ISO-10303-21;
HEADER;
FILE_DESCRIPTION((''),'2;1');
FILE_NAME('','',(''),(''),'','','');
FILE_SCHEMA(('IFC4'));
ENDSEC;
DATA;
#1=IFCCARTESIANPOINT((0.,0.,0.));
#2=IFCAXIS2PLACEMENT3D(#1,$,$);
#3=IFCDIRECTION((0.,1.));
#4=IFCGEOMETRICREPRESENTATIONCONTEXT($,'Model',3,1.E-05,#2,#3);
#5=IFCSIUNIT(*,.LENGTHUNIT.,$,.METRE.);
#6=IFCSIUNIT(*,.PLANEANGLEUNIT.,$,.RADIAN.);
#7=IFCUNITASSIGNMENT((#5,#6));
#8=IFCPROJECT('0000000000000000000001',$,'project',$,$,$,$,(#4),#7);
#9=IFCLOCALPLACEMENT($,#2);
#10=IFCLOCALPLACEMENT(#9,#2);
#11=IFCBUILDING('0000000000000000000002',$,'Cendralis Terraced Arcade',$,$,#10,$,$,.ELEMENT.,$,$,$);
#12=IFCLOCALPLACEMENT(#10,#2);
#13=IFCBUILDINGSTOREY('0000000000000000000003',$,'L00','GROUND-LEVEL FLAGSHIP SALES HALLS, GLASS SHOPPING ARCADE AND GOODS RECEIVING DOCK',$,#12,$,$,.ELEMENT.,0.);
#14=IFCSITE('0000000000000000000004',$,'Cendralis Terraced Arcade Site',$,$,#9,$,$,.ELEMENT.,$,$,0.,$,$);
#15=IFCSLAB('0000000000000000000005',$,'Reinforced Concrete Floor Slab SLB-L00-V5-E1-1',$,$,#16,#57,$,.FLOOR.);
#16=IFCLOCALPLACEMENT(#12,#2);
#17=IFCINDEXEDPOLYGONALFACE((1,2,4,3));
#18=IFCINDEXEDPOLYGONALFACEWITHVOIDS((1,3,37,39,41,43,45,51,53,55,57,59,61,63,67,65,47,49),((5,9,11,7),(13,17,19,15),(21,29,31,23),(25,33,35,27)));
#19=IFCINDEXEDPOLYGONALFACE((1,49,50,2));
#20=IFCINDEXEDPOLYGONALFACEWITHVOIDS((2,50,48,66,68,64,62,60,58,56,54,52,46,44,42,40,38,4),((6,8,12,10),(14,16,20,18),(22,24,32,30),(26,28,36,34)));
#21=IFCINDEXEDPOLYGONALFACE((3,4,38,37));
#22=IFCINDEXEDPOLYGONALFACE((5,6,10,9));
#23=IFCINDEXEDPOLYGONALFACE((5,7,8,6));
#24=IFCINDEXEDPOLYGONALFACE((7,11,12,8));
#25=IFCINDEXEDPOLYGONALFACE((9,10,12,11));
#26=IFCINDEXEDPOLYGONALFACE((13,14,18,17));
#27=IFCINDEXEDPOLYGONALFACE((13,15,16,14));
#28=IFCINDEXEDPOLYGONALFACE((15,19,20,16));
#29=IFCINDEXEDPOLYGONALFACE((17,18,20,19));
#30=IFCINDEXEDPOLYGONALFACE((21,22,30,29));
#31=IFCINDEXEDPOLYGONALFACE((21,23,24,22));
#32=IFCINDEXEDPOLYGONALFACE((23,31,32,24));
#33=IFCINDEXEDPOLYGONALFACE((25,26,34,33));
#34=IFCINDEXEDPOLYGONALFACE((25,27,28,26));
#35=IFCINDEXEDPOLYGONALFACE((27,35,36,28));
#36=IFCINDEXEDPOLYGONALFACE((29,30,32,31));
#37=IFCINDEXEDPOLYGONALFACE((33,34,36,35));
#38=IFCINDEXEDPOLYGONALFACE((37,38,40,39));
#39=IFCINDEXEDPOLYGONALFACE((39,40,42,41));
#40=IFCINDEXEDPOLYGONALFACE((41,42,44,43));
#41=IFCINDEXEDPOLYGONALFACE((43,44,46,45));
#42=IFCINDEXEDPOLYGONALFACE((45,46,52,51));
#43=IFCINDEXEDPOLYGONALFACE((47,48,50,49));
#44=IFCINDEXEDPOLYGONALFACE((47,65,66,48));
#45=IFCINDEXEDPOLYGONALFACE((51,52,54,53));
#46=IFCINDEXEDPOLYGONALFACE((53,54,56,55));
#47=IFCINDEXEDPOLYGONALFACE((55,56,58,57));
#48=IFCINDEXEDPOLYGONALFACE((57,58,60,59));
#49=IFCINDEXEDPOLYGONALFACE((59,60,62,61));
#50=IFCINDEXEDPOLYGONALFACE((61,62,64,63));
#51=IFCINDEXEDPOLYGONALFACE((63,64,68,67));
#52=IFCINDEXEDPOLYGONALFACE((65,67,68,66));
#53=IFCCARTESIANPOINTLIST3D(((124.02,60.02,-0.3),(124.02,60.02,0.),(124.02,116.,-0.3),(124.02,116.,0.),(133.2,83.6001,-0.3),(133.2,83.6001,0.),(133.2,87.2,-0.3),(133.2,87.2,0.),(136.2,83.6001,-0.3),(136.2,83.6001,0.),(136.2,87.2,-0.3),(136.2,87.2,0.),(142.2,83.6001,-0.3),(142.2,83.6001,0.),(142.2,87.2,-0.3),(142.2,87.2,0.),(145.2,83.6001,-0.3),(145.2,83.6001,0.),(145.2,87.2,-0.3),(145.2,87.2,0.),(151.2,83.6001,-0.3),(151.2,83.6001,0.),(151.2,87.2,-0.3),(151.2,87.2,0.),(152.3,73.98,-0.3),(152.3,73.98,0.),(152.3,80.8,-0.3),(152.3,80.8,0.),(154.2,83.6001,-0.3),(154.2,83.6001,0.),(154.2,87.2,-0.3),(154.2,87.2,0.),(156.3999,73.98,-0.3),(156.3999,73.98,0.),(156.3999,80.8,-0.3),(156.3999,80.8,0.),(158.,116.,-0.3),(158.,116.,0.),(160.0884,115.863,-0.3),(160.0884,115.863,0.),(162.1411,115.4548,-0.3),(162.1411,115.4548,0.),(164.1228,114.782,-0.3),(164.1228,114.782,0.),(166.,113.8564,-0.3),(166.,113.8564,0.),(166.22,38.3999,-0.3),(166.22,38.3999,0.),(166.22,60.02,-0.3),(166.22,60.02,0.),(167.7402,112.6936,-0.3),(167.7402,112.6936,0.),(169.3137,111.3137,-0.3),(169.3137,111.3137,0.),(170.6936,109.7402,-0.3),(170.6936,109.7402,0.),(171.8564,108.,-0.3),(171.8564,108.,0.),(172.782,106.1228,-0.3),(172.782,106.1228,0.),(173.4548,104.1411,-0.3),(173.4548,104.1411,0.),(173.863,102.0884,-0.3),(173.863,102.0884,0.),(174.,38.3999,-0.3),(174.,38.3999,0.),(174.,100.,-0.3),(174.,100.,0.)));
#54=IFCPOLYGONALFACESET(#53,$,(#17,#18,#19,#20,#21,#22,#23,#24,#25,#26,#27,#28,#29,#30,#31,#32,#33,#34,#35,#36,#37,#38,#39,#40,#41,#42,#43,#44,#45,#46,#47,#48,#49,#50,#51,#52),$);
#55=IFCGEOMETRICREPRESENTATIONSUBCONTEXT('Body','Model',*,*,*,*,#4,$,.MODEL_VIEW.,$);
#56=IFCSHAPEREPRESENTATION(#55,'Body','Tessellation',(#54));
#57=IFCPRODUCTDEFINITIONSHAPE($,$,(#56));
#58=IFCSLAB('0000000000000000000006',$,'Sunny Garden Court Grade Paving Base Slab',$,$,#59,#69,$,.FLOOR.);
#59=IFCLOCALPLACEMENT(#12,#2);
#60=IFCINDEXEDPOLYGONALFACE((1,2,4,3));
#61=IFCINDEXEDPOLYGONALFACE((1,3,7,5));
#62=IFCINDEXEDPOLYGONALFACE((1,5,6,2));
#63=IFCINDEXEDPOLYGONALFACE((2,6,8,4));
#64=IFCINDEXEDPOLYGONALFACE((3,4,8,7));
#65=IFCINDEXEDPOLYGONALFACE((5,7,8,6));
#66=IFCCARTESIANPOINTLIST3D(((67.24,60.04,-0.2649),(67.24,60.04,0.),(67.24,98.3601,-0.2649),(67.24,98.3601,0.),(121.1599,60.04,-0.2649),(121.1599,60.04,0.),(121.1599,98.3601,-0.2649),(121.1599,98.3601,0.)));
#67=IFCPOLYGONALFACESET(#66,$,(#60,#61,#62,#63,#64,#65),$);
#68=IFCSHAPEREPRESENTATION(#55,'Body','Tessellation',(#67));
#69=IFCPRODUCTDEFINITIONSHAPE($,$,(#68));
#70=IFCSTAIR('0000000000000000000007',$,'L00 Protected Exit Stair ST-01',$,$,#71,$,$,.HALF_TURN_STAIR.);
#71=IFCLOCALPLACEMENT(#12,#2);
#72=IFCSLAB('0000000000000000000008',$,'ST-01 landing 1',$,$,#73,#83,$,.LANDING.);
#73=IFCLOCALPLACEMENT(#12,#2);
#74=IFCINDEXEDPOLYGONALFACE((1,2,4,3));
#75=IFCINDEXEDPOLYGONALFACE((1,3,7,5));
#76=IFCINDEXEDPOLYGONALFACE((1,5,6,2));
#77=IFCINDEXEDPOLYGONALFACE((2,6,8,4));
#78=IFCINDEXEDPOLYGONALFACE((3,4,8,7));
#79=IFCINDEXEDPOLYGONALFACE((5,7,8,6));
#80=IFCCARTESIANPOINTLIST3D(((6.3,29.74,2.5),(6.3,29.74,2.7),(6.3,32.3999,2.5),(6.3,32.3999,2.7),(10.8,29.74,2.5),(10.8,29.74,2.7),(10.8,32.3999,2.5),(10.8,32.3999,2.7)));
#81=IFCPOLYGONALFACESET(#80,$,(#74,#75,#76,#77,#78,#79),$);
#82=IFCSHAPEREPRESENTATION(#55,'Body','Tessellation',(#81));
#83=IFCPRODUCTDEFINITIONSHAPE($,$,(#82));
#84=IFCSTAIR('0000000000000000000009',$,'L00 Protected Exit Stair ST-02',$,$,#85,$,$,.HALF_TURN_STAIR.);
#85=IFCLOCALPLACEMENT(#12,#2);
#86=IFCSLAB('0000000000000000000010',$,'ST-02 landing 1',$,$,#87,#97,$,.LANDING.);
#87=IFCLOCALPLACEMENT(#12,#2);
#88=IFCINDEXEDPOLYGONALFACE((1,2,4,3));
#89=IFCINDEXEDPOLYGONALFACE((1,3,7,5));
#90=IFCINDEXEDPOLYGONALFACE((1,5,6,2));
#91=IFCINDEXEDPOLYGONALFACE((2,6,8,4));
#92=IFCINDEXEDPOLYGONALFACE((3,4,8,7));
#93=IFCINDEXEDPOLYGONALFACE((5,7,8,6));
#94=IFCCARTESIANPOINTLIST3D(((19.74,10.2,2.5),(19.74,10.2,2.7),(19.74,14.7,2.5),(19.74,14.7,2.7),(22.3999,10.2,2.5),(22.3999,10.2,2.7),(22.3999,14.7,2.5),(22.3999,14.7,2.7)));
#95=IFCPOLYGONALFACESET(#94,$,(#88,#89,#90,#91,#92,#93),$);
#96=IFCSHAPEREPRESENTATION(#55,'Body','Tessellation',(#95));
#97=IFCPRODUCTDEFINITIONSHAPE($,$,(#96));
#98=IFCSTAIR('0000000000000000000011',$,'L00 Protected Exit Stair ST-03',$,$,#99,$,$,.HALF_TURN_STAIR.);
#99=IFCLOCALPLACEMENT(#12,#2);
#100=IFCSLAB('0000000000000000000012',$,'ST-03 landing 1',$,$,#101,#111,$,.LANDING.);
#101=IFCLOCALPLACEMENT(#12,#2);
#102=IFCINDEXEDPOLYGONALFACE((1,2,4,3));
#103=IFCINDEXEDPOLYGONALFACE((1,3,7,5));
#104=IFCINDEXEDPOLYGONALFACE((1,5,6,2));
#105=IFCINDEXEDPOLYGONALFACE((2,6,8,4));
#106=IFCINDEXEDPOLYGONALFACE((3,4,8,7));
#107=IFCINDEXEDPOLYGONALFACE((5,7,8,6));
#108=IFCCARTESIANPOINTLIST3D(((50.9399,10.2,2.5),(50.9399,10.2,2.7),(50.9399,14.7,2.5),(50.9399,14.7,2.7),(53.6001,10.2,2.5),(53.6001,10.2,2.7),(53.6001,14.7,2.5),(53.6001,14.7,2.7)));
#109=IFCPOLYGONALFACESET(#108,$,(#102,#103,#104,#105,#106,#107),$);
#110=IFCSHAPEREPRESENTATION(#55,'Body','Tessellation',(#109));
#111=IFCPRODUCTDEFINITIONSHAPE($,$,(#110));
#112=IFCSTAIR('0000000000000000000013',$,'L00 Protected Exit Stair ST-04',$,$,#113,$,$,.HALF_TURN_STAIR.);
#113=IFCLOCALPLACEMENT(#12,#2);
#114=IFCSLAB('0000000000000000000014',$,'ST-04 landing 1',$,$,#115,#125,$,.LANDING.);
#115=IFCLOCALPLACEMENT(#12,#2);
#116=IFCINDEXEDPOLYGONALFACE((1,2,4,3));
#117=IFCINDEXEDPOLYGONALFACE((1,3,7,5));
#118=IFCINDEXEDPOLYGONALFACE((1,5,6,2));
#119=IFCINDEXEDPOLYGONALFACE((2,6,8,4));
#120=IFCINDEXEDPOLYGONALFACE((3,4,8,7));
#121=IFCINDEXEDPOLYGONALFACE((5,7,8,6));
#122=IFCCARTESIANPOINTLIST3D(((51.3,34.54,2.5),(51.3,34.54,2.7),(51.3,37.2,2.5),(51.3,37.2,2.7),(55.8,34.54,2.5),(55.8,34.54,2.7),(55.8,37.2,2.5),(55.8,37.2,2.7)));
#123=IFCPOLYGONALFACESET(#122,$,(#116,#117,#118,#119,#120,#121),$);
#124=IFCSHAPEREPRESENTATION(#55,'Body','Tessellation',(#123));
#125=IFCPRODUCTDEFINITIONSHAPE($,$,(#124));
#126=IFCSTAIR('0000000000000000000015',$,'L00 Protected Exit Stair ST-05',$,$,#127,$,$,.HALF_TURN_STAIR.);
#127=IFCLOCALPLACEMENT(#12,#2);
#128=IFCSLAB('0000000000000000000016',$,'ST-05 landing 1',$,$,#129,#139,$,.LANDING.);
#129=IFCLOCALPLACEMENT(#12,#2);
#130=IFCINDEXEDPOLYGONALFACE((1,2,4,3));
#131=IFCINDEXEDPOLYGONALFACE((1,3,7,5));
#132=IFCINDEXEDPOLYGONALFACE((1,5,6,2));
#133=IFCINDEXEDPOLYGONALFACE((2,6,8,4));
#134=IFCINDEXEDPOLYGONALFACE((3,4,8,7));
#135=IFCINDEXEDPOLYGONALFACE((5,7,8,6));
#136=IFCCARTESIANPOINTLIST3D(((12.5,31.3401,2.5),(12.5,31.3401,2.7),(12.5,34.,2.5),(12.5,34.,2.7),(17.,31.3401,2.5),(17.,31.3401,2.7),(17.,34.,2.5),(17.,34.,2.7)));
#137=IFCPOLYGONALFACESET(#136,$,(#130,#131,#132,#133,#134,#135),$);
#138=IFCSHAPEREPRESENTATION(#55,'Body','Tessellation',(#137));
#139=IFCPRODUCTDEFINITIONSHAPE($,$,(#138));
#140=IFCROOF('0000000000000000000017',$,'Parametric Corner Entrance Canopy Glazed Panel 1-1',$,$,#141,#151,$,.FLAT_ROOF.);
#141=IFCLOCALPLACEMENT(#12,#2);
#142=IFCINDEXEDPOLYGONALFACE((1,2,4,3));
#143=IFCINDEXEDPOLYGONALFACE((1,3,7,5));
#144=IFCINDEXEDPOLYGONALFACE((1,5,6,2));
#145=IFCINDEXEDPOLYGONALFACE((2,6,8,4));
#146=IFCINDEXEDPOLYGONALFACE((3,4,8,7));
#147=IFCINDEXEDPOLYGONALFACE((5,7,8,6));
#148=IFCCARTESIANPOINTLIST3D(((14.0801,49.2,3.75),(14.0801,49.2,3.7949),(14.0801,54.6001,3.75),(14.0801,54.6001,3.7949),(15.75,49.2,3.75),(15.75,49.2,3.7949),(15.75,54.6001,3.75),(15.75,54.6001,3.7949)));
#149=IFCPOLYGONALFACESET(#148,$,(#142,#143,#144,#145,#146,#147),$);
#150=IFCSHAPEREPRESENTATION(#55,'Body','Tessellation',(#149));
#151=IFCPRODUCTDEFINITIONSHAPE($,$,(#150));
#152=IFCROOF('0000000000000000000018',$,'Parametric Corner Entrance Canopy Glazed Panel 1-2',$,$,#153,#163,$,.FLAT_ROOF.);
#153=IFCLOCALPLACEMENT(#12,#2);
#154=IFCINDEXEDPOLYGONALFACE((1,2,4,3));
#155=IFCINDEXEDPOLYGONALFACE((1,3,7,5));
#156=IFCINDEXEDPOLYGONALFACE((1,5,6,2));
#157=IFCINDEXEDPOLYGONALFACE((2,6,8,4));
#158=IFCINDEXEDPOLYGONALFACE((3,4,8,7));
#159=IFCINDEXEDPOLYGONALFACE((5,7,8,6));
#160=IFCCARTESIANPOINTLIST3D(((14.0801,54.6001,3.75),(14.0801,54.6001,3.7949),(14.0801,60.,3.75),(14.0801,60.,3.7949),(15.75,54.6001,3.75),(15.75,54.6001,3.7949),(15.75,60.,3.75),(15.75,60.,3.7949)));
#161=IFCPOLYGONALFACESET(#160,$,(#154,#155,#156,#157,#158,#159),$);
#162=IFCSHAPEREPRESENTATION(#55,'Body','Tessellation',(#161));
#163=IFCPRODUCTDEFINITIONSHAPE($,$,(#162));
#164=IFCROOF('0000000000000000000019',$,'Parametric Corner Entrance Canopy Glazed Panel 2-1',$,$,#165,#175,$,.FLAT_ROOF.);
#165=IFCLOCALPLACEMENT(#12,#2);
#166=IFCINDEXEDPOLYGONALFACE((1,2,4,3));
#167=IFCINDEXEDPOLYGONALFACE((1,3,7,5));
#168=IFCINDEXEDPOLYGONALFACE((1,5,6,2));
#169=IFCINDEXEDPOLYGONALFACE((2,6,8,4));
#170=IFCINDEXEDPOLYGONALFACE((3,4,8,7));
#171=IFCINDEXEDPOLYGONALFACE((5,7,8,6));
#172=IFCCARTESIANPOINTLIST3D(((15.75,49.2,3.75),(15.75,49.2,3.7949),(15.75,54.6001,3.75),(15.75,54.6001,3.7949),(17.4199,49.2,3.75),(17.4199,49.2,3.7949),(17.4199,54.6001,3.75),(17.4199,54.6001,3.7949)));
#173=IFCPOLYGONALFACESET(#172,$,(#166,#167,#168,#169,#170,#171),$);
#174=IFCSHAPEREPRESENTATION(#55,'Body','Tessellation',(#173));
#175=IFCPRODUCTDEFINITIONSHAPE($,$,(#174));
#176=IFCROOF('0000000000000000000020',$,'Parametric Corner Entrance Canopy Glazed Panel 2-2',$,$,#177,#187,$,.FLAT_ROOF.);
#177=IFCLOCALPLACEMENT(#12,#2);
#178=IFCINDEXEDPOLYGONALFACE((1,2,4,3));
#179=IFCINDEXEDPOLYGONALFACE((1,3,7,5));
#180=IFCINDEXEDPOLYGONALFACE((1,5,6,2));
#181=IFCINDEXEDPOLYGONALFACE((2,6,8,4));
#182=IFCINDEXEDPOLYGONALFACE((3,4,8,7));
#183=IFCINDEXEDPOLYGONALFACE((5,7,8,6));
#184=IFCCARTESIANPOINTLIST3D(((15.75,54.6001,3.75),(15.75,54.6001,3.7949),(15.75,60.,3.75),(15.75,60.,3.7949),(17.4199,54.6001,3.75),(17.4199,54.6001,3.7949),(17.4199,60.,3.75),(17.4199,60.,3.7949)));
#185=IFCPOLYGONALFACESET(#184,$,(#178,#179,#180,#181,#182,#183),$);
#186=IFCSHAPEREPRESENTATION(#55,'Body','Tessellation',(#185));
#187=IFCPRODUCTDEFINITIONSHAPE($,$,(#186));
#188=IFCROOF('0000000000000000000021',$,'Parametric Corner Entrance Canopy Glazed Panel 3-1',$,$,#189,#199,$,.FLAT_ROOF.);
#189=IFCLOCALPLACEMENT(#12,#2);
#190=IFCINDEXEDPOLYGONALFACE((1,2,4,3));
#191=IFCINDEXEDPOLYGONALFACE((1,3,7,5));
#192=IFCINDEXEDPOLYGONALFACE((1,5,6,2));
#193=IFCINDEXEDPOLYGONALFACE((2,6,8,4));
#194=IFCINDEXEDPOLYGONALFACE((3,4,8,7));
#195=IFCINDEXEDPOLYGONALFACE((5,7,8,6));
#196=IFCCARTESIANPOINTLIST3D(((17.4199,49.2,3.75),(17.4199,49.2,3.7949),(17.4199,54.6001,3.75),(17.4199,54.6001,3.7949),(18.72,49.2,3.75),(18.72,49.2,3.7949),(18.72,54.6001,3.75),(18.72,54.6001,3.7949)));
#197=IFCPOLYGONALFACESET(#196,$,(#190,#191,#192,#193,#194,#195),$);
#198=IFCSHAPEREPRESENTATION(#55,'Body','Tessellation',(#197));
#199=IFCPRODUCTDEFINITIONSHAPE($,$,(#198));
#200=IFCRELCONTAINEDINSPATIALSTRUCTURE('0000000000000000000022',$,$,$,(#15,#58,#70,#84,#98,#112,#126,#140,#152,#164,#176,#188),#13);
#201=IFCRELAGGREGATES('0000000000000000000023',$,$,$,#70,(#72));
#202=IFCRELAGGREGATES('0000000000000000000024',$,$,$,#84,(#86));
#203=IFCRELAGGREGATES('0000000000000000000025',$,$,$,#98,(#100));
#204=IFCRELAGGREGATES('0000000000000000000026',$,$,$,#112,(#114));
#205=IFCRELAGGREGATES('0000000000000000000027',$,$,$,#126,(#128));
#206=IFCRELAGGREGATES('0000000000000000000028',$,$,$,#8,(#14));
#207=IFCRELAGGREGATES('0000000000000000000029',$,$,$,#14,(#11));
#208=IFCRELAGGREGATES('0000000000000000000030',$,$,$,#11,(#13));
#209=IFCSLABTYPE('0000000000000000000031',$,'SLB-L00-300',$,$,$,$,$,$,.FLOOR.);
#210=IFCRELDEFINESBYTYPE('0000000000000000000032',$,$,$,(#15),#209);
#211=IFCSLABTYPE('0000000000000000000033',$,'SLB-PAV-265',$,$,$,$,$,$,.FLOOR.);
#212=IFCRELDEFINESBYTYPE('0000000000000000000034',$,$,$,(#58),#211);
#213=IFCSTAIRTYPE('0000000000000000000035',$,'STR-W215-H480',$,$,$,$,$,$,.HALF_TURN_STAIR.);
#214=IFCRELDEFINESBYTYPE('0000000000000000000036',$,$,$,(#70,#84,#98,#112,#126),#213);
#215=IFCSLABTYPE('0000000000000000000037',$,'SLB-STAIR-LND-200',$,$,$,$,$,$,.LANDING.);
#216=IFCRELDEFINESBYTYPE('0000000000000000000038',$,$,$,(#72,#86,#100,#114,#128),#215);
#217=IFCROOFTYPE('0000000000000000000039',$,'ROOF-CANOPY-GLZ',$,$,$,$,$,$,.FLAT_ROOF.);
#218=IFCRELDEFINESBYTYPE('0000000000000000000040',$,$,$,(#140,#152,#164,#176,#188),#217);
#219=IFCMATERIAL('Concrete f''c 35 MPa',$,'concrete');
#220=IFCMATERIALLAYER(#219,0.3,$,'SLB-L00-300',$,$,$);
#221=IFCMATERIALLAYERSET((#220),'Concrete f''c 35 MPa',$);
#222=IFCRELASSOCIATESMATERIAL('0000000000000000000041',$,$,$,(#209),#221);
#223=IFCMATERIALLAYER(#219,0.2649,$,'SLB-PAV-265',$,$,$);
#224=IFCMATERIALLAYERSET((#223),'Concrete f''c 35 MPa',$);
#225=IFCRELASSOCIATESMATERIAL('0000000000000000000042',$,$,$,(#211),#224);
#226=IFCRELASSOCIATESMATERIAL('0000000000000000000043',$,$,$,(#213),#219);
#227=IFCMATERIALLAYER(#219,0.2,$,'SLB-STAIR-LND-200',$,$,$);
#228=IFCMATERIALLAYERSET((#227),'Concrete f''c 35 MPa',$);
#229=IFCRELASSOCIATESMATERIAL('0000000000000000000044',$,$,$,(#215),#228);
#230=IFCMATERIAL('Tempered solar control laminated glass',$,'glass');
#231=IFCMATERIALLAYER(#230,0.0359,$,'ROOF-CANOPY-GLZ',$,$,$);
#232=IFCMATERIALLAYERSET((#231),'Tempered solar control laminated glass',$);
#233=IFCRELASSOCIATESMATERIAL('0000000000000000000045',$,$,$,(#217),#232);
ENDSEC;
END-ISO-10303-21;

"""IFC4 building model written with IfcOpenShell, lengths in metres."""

from ifc_helpers import new_model, si_unit, direction, frame, origin, place, context, subcontext, project, spatial, polyline, outline, extrude, material, layer, layer_set, type_object, element, aggregate, save


model = new_model("IFC4")

# Units and contexts
model_context = context("Model", 3, precision=1e-05, world=origin(), true_north=direction((0.0, 1.0)))
body_context = subcontext(model_context, "Body", "Model", "MODEL_VIEW")
ifc_project = project(units=[si_unit("LENGTHUNIT", "METRE"), si_unit("PLANEANGLEUNIT", "RADIAN")], contexts=[model_context])

# Site, building, storey
site_placement = place(None, origin())
site = spatial("IfcSite", under=ifc_project, at=site_placement, Name="Cendralis Terraced Arcade Site", CompositionType="ELEMENT", RefElevation=0.0)
building_placement = place(site_placement, origin())
building = spatial("IfcBuilding", under=site, at=building_placement, Name="Cendralis Terraced Arcade", CompositionType="ELEMENT")
storey_placement = place(building_placement, origin())
storey = spatial("IfcBuildingStorey", under=building, at=storey_placement, Name="L00", Description="GROUND-LEVEL FLAGSHIP SALES HALLS, GLASS SHOPPING ARCADE AND GOODS RECEIVING DOCK", CompositionType="ELEMENT", Elevation=0.0)

# Shared definitions
ifc_material_1 = material(Name="Concrete f'c 35 MPa", Category="concrete")

# Slabs
ifc_layer_1 = layer(ifc_material_1, 0.3, Name="SLB-L00-300")
ifc_layer_set_1 = layer_set([ifc_layer_1], Name="Concrete f'c 35 MPa")
slab_type_1 = type_object("IfcSlabType", Name="SLB-L00-300", PredefinedType="FLOOR", material=ifc_layer_set_1)
slab_1_placement = place(storey_placement, frame((0.0, 0.0, -0.3)))
element("IfcSlab", 1, at=slab_1_placement, inside=storey, type_object=slab_type_1, Name="Reinforced Concrete Floor Slab SLB-L00-V5-E1-1", PredefinedType="FLOOR", context=body_context, shape_type="SweptSolid", body=[
    extrude(outline(polyline([(158.0, 116.0), (160.0884, 115.863), (162.1411, 115.4548), (164.1228, 114.782), (166.0, 113.8564), (167.7402, 112.6936), (169.3137, 111.3137), (170.6936, 109.7402), (171.8564, 108.0), (172.782, 106.1228), (173.4548, 104.1411), (173.863, 102.0884), (174.0, 100.0), (174.0, 38.3999), (166.22, 38.3999), (166.22, 60.02), (124.02, 60.02), (124.02, 116.0), (158.0, 116.0)]), holes=[polyline([(152.3, 80.8), (152.3, 73.98), (156.3999, 73.98), (156.3999, 80.8), (152.3, 80.8)]), polyline([(133.2, 87.2), (133.2, 83.6001), (136.2, 83.6001), (136.2, 87.2), (133.2, 87.2)]), polyline([(145.2, 87.2), (142.2, 87.2), (142.2, 83.6001), (145.2, 83.6001), (145.2, 87.2)]), polyline([(154.2, 87.2), (151.2, 87.2), (151.2, 83.6001), (154.2, 83.6001), (154.2, 87.2)])]), origin(), (0.0, 0.0, 1.0), 0.3),
])
ifc_layer_2 = layer(ifc_material_1, 0.2649, Name="SLB-PAV-265")
ifc_layer_set_2 = layer_set([ifc_layer_2], Name="Concrete f'c 35 MPa")
slab_type_2 = type_object("IfcSlabType", Name="SLB-PAV-265", PredefinedType="FLOOR", material=ifc_layer_set_2)
slab_2_placement = place(storey_placement, frame((0.0, 0.0, -0.2649)))
element("IfcSlab", 2, at=slab_2_placement, inside=storey, type_object=slab_type_2, Name="Sunny Garden Court Grade Paving Base Slab", PredefinedType="FLOOR", context=body_context, shape_type="SweptSolid", body=[
    extrude(outline(polyline([(67.24, 60.04), (67.24, 98.3601), (121.1599, 98.3601), (121.1599, 60.04), (67.24, 60.04)])), origin(), (0.0, 0.0, 1.0), 0.2649),
])

# Stairs, slabs
stair_type = type_object("IfcStairType", Name="STR-W215-H480", PredefinedType="HALF_TURN_STAIR", material=ifc_material_1)
stair_1_placement = place(storey_placement, origin())
stair_1 = element("IfcStair", 3, at=stair_1_placement, inside=storey, type_object=stair_type, Name="L00 Protected Exit Stair ST-01", PredefinedType="HALF_TURN_STAIR")
ifc_layer_3 = layer(ifc_material_1, 0.2, Name="SLB-STAIR-LND-200")
ifc_layer_set_3 = layer_set([ifc_layer_3], Name="Concrete f'c 35 MPa")
slab_type_3 = type_object("IfcSlabType", Name="SLB-STAIR-LND-200", PredefinedType="LANDING", material=ifc_layer_set_3)
slab_3_placement = place(storey_placement, frame((0.0, 0.0, 2.5)))
slab_3 = element("IfcSlab", 4, at=slab_3_placement, type_object=slab_type_3, Name="ST-01 landing 1", PredefinedType="LANDING", context=body_context, shape_type="SweptSolid", body=[
    extrude(outline(polyline([(10.8, 29.74), (10.8, 32.3999), (6.3, 32.3999), (6.3, 29.74), (10.8, 29.74)])), origin(), (0.0, 0.0, 1.0), 0.2),
])
aggregate(stair_1, [slab_3])
stair_2_placement = place(storey_placement, origin())
stair_2 = element("IfcStair", 5, at=stair_2_placement, inside=storey, type_object=stair_type, Name="L00 Protected Exit Stair ST-02", PredefinedType="HALF_TURN_STAIR")
slab_4_placement = place(storey_placement, frame((0.0, 0.0, 2.5)))
slab_4 = element("IfcSlab", 6, at=slab_4_placement, type_object=slab_type_3, Name="ST-02 landing 1", PredefinedType="LANDING", context=body_context, shape_type="SweptSolid", body=[
    extrude(outline(polyline([(19.74, 10.2), (22.3999, 10.2), (22.3999, 14.7), (19.74, 14.7), (19.74, 10.2)])), origin(), (0.0, 0.0, 1.0), 0.2),
])
aggregate(stair_2, [slab_4])
stair_3_placement = place(storey_placement, origin())
stair_3 = element("IfcStair", 7, at=stair_3_placement, inside=storey, type_object=stair_type, Name="L00 Protected Exit Stair ST-03", PredefinedType="HALF_TURN_STAIR")
slab_5_placement = place(storey_placement, frame((0.0, 0.0, 2.5)))
slab_5 = element("IfcSlab", 8, at=slab_5_placement, type_object=slab_type_3, Name="ST-03 landing 1", PredefinedType="LANDING", context=body_context, shape_type="SweptSolid", body=[
    extrude(outline(polyline([(50.9399, 10.2), (53.6001, 10.2), (53.6001, 14.7), (50.9399, 14.7), (50.9399, 10.2)])), origin(), (0.0, 0.0, 1.0), 0.2),
])
aggregate(stair_3, [slab_5])
stair_4_placement = place(storey_placement, origin())
stair_4 = element("IfcStair", 9, at=stair_4_placement, inside=storey, type_object=stair_type, Name="L00 Protected Exit Stair ST-04", PredefinedType="HALF_TURN_STAIR")
slab_6_placement = place(storey_placement, frame((0.0, 0.0, 2.5)))
slab_6 = element("IfcSlab", 10, at=slab_6_placement, type_object=slab_type_3, Name="ST-04 landing 1", PredefinedType="LANDING", context=body_context, shape_type="SweptSolid", body=[
    extrude(outline(polyline([(55.8, 34.54), (55.8, 37.2), (51.3, 37.2), (51.3, 34.54), (55.8, 34.54)])), origin(), (0.0, 0.0, 1.0), 0.2),
])
aggregate(stair_4, [slab_6])
stair_5_placement = place(storey_placement, origin())
stair_5 = element("IfcStair", 11, at=stair_5_placement, inside=storey, type_object=stair_type, Name="L00 Protected Exit Stair ST-05", PredefinedType="HALF_TURN_STAIR")
slab_7_placement = place(storey_placement, frame((0.0, 0.0, 2.5)))
slab_7 = element("IfcSlab", 12, at=slab_7_placement, type_object=slab_type_3, Name="ST-05 landing 1", PredefinedType="LANDING", context=body_context, shape_type="SweptSolid", body=[
    extrude(outline(polyline([(17.0, 31.3401), (17.0, 34.0), (12.5, 34.0), (12.5, 31.3401), (17.0, 31.3401)])), origin(), (0.0, 0.0, 1.0), 0.2),
])
aggregate(stair_5, [slab_7])

# Roofs
ifc_material_2 = material(Name="Tempered solar control laminated glass", Category="glass")
ifc_layer_4 = layer(ifc_material_2, 0.0359, Name="ROOF-CANOPY-GLZ")
ifc_layer_set_4 = layer_set([ifc_layer_4], Name="Tempered solar control laminated glass")
roof_type = type_object("IfcRoofType", Name="ROOF-CANOPY-GLZ", PredefinedType="FLAT_ROOF", material=ifc_layer_set_4)
roof_1_placement = place(storey_placement, frame((0.0, 0.0, 3.75)))
element("IfcRoof", 13, at=roof_1_placement, inside=storey, type_object=roof_type, Name="Parametric Corner Entrance Canopy Glazed Panel 1-1", PredefinedType="FLAT_ROOF", context=body_context, shape_type="SweptSolid", body=[
    extrude(outline(polyline([(14.0801, 49.2), (15.75, 49.2), (15.75, 54.6001), (14.0801, 54.6001), (14.0801, 49.2)])), origin(), (0.0, 0.0, 1.0), 0.0449),
])
roof_2_placement = place(storey_placement, frame((0.0, 0.0, 3.75)))
element("IfcRoof", 14, at=roof_2_placement, inside=storey, type_object=roof_type, Name="Parametric Corner Entrance Canopy Glazed Panel 1-2", PredefinedType="FLAT_ROOF", context=body_context, shape_type="SweptSolid", body=[
    extrude(outline(polyline([(14.0801, 54.6001), (15.75, 54.6001), (15.75, 60.0), (14.0801, 60.0), (14.0801, 54.6001)])), origin(), (0.0, 0.0, 1.0), 0.0449),
])
roof_3_placement = place(storey_placement, frame((0.0, 0.0, 3.75)))
element("IfcRoof", 15, at=roof_3_placement, inside=storey, type_object=roof_type, Name="Parametric Corner Entrance Canopy Glazed Panel 2-1", PredefinedType="FLAT_ROOF", context=body_context, shape_type="SweptSolid", body=[
    extrude(outline(polyline([(15.75, 49.2), (17.4199, 49.2), (17.4199, 54.6001), (15.75, 54.6001), (15.75, 49.2)])), origin(), (0.0, 0.0, 1.0), 0.0449),
])
roof_4_placement = place(storey_placement, frame((0.0, 0.0, 3.75)))
element("IfcRoof", 16, at=roof_4_placement, inside=storey, type_object=roof_type, Name="Parametric Corner Entrance Canopy Glazed Panel 2-2", PredefinedType="FLAT_ROOF", context=body_context, shape_type="SweptSolid", body=[
    extrude(outline(polyline([(15.75, 54.6001), (17.4199, 54.6001), (17.4199, 60.0), (15.75, 60.0), (15.75, 54.6001)])), origin(), (0.0, 0.0, 1.0), 0.0449),
])
roof_5_placement = place(storey_placement, frame((0.0, 0.0, 3.75)))
element("IfcRoof", 17, at=roof_5_placement, inside=storey, type_object=roof_type, Name="Parametric Corner Entrance Canopy Glazed Panel 3-1", PredefinedType="FLAT_ROOF", context=body_context, shape_type="SweptSolid", body=[
    extrude(outline(polyline([(17.4199, 49.2), (18.72, 49.2), (18.72, 54.6001), (17.4199, 54.6001), (17.4199, 49.2)])), origin(), (0.0, 0.0, 1.0), 0.0449),
])

save(model, "model.ifc")
